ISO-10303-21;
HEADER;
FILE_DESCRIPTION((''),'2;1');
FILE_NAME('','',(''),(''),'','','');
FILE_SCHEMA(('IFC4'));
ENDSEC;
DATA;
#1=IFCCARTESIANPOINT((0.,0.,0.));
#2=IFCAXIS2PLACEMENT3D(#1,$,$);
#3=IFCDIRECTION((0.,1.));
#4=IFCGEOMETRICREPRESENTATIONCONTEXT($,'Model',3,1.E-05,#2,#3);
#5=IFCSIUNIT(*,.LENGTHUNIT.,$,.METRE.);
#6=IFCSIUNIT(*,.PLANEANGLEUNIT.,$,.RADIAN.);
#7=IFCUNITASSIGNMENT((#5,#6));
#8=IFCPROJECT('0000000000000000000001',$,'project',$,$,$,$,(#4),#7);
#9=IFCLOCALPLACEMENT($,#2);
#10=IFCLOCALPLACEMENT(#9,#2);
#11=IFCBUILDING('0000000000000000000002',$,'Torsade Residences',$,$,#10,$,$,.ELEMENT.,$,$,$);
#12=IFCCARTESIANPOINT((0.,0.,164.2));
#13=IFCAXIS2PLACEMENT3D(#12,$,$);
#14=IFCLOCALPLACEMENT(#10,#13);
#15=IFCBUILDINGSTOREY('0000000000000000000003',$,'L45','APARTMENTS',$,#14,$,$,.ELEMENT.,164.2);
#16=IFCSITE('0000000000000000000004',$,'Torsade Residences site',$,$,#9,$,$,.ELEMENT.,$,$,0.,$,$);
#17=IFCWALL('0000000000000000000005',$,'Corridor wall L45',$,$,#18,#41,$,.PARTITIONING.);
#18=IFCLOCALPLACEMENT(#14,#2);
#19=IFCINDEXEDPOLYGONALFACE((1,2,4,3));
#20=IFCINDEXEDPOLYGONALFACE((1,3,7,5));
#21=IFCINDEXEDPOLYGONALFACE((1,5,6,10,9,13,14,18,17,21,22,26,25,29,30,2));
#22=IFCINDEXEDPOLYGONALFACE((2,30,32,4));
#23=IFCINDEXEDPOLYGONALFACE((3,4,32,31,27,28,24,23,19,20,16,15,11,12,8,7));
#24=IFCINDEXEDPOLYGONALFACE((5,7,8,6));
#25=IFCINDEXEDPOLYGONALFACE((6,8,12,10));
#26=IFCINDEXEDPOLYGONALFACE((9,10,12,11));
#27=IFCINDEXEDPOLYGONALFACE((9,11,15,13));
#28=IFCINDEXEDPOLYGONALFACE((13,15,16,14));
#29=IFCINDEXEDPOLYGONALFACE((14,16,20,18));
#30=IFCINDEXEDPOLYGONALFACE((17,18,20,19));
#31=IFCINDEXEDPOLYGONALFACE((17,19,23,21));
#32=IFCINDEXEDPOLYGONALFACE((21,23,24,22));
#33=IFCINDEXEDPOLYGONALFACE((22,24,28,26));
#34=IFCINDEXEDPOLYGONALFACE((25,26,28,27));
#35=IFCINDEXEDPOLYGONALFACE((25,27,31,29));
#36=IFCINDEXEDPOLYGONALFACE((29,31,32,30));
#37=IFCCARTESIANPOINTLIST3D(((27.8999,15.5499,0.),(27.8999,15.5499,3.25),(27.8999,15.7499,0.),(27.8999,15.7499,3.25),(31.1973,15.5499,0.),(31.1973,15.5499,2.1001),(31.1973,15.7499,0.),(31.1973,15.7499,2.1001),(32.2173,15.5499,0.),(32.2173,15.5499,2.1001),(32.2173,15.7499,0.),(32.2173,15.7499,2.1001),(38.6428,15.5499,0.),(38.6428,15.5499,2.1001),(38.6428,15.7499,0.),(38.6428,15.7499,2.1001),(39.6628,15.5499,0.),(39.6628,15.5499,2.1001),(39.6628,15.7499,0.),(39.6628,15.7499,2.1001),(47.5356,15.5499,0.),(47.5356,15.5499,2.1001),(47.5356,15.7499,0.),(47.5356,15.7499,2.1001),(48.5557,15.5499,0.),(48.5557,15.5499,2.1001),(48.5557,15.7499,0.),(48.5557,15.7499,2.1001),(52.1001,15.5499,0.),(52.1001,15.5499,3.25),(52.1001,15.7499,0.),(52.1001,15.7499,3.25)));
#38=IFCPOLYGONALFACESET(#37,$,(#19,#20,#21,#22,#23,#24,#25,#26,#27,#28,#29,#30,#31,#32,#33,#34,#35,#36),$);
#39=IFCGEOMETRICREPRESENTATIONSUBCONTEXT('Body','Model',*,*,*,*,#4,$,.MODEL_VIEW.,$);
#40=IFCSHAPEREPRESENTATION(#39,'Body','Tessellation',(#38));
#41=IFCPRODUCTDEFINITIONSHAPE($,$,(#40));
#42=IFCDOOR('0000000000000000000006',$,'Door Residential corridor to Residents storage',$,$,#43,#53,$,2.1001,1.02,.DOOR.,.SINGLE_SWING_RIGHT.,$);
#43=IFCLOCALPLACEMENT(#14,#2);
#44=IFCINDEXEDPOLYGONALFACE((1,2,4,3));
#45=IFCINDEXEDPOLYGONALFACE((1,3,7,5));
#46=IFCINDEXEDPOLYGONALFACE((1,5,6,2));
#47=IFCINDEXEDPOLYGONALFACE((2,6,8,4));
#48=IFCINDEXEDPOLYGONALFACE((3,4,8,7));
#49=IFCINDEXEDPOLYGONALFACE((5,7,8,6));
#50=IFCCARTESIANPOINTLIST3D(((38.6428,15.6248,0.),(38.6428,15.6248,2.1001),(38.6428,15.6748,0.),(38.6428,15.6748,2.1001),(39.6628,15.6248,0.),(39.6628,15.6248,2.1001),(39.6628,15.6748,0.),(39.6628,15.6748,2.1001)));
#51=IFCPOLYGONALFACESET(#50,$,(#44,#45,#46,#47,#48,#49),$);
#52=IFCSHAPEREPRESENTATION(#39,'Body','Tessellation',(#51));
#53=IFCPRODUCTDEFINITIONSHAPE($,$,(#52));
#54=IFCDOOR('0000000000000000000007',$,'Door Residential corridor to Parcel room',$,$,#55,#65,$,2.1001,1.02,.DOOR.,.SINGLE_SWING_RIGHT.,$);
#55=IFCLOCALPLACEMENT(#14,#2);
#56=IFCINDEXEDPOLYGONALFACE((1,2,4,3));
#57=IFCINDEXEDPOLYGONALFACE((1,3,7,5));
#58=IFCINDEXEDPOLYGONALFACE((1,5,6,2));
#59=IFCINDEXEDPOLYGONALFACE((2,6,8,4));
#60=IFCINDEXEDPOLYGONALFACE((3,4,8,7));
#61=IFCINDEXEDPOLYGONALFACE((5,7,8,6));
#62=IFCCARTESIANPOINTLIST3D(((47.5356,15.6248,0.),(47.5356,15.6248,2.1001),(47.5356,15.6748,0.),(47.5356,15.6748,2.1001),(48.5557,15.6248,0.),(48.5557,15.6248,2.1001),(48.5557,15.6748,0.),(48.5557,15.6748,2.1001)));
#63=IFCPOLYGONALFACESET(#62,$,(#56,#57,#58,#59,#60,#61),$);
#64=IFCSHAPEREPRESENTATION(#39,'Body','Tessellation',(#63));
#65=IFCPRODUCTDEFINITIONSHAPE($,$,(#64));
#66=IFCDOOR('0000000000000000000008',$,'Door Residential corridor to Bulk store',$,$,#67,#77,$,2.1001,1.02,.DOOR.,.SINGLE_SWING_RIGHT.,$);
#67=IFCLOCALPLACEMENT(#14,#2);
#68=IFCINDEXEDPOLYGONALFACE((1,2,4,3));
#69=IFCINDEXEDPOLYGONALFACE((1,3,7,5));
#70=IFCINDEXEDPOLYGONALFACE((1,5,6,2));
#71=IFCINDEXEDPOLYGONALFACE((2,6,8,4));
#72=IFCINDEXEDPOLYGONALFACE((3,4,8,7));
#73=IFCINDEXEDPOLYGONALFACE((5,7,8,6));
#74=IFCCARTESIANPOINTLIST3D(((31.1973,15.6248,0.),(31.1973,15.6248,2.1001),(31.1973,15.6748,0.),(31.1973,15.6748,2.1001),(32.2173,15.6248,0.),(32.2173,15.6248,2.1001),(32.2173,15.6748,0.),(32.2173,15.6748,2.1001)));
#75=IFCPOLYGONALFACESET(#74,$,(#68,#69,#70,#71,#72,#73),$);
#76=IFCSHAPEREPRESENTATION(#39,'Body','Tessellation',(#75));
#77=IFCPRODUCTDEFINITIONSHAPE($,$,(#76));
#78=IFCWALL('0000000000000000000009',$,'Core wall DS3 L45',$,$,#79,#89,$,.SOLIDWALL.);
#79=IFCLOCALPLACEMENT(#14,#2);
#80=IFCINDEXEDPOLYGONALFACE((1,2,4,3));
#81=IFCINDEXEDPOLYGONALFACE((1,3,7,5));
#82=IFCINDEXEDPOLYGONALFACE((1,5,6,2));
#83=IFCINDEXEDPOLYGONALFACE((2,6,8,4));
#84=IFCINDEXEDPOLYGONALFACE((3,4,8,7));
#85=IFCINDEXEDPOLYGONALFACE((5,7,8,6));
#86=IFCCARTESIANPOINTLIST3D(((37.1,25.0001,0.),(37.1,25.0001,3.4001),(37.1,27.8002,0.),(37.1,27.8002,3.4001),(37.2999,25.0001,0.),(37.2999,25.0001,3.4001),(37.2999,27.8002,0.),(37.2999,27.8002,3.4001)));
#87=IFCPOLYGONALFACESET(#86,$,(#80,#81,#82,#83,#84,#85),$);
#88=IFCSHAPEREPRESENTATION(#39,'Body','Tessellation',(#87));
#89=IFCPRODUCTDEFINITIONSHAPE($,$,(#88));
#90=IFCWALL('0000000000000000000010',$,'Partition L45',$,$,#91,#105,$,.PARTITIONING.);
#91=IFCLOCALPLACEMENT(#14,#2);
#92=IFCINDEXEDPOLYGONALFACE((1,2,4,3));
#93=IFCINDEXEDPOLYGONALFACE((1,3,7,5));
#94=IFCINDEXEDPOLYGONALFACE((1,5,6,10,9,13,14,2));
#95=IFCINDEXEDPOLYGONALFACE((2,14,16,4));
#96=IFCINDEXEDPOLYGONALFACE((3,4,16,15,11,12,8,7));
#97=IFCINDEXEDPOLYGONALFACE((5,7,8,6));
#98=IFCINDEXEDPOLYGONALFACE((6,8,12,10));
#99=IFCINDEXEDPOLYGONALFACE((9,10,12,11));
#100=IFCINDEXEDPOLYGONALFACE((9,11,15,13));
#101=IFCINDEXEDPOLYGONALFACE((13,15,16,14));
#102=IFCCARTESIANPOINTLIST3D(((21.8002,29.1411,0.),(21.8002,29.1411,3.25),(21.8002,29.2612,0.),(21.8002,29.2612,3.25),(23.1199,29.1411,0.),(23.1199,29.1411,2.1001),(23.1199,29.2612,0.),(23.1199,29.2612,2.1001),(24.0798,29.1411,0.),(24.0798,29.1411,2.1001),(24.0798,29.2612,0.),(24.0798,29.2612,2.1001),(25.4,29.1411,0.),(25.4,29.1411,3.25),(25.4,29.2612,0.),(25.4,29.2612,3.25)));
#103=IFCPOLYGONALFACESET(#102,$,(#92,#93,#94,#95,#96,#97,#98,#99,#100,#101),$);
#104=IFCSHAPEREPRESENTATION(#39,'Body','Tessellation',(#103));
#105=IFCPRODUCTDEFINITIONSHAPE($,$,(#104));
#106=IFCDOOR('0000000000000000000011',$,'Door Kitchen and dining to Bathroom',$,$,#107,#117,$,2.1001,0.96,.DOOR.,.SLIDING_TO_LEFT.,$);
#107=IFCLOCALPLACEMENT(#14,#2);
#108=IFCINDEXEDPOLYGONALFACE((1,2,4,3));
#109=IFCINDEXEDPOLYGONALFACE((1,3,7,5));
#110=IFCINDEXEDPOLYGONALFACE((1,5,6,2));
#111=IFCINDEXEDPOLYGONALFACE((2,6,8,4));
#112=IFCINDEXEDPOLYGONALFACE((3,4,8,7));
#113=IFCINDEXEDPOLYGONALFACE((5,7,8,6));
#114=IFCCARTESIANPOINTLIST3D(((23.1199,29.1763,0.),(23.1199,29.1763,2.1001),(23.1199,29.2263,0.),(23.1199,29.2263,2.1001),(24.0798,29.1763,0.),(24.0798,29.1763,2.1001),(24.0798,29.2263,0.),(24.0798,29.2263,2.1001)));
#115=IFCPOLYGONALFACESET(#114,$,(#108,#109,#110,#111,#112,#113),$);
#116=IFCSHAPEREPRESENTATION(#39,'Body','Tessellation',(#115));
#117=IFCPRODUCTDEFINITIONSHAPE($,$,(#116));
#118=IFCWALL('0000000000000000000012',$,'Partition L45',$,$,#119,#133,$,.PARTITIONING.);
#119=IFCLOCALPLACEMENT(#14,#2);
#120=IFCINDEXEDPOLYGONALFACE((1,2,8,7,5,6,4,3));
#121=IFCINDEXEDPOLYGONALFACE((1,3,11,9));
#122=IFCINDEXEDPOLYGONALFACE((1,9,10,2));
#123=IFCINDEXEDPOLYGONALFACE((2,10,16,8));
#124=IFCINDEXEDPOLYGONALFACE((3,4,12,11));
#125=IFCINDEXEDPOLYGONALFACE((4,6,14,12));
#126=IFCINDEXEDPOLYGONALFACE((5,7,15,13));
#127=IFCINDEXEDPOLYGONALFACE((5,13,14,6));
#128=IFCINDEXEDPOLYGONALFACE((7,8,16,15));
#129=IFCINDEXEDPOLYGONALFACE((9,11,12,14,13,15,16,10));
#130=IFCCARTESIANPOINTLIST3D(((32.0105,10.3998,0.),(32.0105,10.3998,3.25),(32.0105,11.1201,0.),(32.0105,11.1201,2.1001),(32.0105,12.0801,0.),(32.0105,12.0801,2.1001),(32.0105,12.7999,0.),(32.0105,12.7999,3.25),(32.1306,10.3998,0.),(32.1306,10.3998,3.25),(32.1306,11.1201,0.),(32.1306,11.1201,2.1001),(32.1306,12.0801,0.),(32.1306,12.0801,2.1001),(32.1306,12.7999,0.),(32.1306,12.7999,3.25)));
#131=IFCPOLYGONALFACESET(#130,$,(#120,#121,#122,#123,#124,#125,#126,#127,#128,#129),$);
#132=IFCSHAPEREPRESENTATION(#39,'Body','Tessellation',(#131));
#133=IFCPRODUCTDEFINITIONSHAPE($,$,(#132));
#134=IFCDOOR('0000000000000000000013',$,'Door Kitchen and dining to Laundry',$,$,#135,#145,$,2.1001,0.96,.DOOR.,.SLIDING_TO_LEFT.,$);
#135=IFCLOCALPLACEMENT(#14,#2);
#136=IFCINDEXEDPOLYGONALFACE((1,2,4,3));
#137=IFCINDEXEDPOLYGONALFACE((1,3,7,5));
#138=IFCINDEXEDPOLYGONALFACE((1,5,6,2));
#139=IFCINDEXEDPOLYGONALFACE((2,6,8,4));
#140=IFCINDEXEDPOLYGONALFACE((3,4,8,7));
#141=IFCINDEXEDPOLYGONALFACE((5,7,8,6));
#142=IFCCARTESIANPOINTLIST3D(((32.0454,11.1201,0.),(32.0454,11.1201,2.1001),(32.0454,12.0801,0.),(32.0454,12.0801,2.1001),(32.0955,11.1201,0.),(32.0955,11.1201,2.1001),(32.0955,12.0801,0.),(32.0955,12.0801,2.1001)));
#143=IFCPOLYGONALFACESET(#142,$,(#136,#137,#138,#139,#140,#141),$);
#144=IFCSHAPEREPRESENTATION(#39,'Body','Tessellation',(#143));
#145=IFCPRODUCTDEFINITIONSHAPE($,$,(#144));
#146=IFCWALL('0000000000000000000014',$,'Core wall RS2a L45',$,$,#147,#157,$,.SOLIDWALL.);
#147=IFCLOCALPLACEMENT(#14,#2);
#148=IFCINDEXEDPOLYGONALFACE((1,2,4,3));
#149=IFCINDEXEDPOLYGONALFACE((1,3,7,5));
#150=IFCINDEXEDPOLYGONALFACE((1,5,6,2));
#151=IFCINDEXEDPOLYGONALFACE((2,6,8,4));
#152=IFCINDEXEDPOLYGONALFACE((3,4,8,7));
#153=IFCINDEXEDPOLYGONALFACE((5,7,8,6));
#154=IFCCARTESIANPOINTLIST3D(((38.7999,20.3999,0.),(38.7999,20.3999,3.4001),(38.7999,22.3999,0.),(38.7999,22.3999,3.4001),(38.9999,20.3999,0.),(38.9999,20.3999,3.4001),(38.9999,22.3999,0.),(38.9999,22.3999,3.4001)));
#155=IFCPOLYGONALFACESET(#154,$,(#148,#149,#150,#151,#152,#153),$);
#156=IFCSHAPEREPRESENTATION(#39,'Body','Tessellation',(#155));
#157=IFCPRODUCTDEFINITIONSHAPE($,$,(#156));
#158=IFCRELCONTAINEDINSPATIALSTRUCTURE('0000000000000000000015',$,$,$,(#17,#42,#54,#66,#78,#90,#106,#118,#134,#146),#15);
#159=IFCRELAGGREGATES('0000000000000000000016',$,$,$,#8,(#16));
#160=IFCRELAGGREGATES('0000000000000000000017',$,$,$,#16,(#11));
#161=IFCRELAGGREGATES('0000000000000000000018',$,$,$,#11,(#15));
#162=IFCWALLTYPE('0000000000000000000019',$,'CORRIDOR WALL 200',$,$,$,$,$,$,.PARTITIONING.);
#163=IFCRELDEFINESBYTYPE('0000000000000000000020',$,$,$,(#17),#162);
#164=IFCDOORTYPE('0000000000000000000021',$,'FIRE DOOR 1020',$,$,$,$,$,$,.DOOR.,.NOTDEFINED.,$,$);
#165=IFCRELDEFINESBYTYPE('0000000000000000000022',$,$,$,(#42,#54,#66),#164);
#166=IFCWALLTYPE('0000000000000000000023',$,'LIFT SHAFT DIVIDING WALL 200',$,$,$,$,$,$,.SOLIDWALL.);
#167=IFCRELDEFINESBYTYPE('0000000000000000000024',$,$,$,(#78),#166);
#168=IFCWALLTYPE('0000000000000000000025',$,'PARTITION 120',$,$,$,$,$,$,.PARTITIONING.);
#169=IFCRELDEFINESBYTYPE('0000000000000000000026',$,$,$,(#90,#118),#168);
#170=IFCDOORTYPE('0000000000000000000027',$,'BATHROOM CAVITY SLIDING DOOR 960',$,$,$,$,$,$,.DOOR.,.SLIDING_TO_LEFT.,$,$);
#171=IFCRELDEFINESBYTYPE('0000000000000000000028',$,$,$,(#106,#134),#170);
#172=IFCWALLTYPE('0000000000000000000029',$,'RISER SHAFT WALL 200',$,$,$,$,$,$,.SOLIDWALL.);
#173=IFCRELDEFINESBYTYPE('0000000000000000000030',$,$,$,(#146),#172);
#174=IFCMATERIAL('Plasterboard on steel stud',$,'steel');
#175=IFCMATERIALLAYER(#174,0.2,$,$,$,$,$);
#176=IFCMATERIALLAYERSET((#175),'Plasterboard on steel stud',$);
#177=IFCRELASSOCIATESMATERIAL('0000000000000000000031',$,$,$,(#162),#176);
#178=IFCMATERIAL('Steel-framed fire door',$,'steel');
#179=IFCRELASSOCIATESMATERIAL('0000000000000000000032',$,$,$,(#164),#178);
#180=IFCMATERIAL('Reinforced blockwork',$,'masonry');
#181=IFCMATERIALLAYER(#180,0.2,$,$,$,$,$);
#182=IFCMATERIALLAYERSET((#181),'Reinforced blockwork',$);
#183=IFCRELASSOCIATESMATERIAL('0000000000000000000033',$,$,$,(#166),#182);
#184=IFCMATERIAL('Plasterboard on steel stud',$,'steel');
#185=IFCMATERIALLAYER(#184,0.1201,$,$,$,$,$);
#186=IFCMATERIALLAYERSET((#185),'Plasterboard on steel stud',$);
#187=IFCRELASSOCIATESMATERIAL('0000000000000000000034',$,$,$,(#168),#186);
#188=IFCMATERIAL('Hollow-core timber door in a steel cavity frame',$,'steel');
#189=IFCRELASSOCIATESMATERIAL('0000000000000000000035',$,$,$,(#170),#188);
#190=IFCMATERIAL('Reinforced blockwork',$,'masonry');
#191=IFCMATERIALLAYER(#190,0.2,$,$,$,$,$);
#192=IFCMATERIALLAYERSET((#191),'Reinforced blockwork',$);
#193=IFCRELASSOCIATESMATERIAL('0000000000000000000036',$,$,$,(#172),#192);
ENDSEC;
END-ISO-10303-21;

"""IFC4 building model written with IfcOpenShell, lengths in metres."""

from ifc_helpers import new_model, si_unit, direction, frame, frame_2d, origin, place, context, subcontext, project, spatial, rectangle, extrude, material, layer, layer_set, type_object, element, fill, save


model = new_model("IFC4")

# Units and contexts
model_context = context("Model", 3, precision=1e-05, world=origin(), true_north=direction((0.0, 1.0)))
body_context = subcontext(model_context, "Body", "Model", "MODEL_VIEW")
ifc_project = project(units=[si_unit("LENGTHUNIT", "METRE"), si_unit("PLANEANGLEUNIT", "RADIAN")], contexts=[model_context])

# Site, building, storey
site_placement = place(None, origin())
site = spatial("IfcSite", under=ifc_project, at=site_placement, Name="Torsade Residences site", CompositionType="ELEMENT", RefElevation=0.0)
building_placement = place(site_placement, origin())
building = spatial("IfcBuilding", under=site, at=building_placement, Name="Torsade Residences", CompositionType="ELEMENT")
storey_placement = place(building_placement, frame((0.0, 0.0, 164.2)))
storey = spatial("IfcBuildingStorey", under=building, at=storey_placement, Name="L45", Description="APARTMENTS", CompositionType="ELEMENT", Elevation=164.2)

# Shared definitions
ifc_material_1 = material(Name="Plasterboard on steel stud", Category="steel")
ifc_layer_1 = layer(ifc_material_1, 0.2)
ifc_layer_set_1 = layer_set([ifc_layer_1], Name="Plasterboard on steel stud")
wall_type_1 = type_object("IfcWallType", Name="CORRIDOR WALL 200", PredefinedType="PARTITIONING", material=ifc_layer_set_1)

# Wall, openings, doors
wall_1_placement = place(storey_placement, frame((27.8999, 15.6499, 0.0), z_axis=(0.0, 0.0, 1.0), x_axis=(1.0, 0.0, 0.0)))
wall_1 = element("IfcWall", 1, at=wall_1_placement, inside=storey, type_object=wall_type_1, Name="Corridor wall L45", PredefinedType="PARTITIONING", context=body_context, shape_type="SweptSolid", body=[
    extrude(rectangle(XDim=24.2002, YDim=0.2, at=frame_2d((12.1001, 0.0))), origin(), (0.0, 0.0, 1.0), 3.25),
])
opening_1_placement = place(wall_1_placement, frame((10.7429, 0.0, 0.0)))
opening_1 = element("IfcOpeningElement", 2, at=opening_1_placement, cuts=wall_1, PredefinedType="OPENING", context=body_context, shape_type="SweptSolid", body=[
    extrude(rectangle(XDim=1.02, YDim=2.1001, at=frame_2d((0.51, 1.05))), frame((0.0, 0.1099, 0.0), z_axis=(0.0, -1.0, 0.0), x_axis=(1.0, 0.0, 0.0)), (0.0, 0.0, 1.0), 0.22),
])
opening_2_placement = place(wall_1_placement, frame((19.6357, 0.0, 0.0)))
opening_2 = element("IfcOpeningElement", 3, at=opening_2_placement, cuts=wall_1, PredefinedType="OPENING", context=body_context, shape_type="SweptSolid", body=[
    extrude(rectangle(XDim=1.02, YDim=2.1001, at=frame_2d((0.51, 1.05))), frame((0.0, 0.1099, 0.0), z_axis=(0.0, -1.0, 0.0), x_axis=(1.0, 0.0, 0.0)), (0.0, 0.0, 1.0), 0.22),
])
opening_3_placement = place(wall_1_placement, frame((3.2974, 0.0, 0.0)))
opening_3 = element("IfcOpeningElement", 4, at=opening_3_placement, cuts=wall_1, PredefinedType="OPENING", context=body_context, shape_type="SweptSolid", body=[
    extrude(rectangle(XDim=1.02, YDim=2.1001, at=frame_2d((0.51, 1.05))), frame((0.0, 0.1099, 0.0), z_axis=(0.0, -1.0, 0.0), x_axis=(1.0, 0.0, 0.0)), (0.0, 0.0, 1.0), 0.22),
])
ifc_material_2 = material(Name="Steel-framed fire door", Category="steel")
door_type_1 = type_object("IfcDoorType", Name="FIRE DOOR 1020", OperationType="NOTDEFINED", PredefinedType="DOOR", material=ifc_material_2)
door_1_placement = place(opening_1_placement, origin())
door_1 = element("IfcDoor", 5, at=door_1_placement, inside=storey, type_object=door_type_1, Name="Door Residential corridor to Residents storage", OperationType="SINGLE_SWING_RIGHT", OverallHeight=2.1001, OverallWidth=1.02, PredefinedType="DOOR", context=body_context, shape_type="SweptSolid", body=[
    extrude(rectangle(XDim=1.02, YDim=2.1001, at=frame_2d((0.51, 1.05))), frame((0.0, 0.0249, 0.0), z_axis=(0.0, -1.0, 0.0), x_axis=(1.0, 0.0, 0.0)), (0.0, 0.0, 1.0), 0.05),
])
fill(opening_1, door_1)
door_2_placement = place(opening_2_placement, origin())
door_2 = element("IfcDoor", 6, at=door_2_placement, inside=storey, type_object=door_type_1, Name="Door Residential corridor to Parcel room", OperationType="SINGLE_SWING_RIGHT", OverallHeight=2.1001, OverallWidth=1.02, PredefinedType="DOOR", context=body_context, shape_type="SweptSolid", body=[
    extrude(rectangle(XDim=1.02, YDim=2.1001, at=frame_2d((0.51, 1.05))), frame((0.0, 0.0249, 0.0), z_axis=(0.0, -1.0, 0.0), x_axis=(1.0, 0.0, 0.0)), (0.0, 0.0, 1.0), 0.05),
])
fill(opening_2, door_2)
door_3_placement = place(opening_3_placement, origin())
door_3 = element("IfcDoor", 7, at=door_3_placement, inside=storey, type_object=door_type_1, Name="Door Residential corridor to Bulk store", OperationType="SINGLE_SWING_RIGHT", OverallHeight=2.1001, OverallWidth=1.02, PredefinedType="DOOR", context=body_context, shape_type="SweptSolid", body=[
    extrude(rectangle(XDim=1.02, YDim=2.1001, at=frame_2d((0.51, 1.05))), frame((0.0, 0.0249, 0.0), z_axis=(0.0, -1.0, 0.0), x_axis=(1.0, 0.0, 0.0)), (0.0, 0.0, 1.0), 0.05),
])
fill(opening_3, door_3)

# Wall
ifc_material_3 = material(Name="Reinforced blockwork", Category="masonry")
ifc_layer_2 = layer(ifc_material_3, 0.2)
ifc_layer_set_2 = layer_set([ifc_layer_2], Name="Reinforced blockwork")
wall_type_2 = type_object("IfcWallType", Name="LIFT SHAFT DIVIDING WALL 200", PredefinedType="SOLIDWALL", material=ifc_layer_set_2)
wall_2_placement = place(storey_placement, frame((37.2, 27.8, 0.0), z_axis=(0.0, 0.0, 1.0), x_axis=(0.0, -1.0, 0.0)))
element("IfcWall", 8, at=wall_2_placement, inside=storey, type_object=wall_type_2, Name="Core wall DS3 L45", PredefinedType="SOLIDWALL", context=body_context, shape_type="SweptSolid", body=[
    extrude(rectangle(XDim=2.8, YDim=0.2, at=frame_2d((1.3999, 0.0))), origin(), (0.0, 0.0, 1.0), 3.4001),
])

# Walls, openings, doors
ifc_material_4 = material(Name="Plasterboard on steel stud", Category="steel")
ifc_layer_3 = layer(ifc_material_4, 0.1201)
ifc_layer_set_3 = layer_set([ifc_layer_3], Name="Plasterboard on steel stud")
wall_type_3 = type_object("IfcWallType", Name="PARTITION 120", PredefinedType="PARTITIONING", material=ifc_layer_set_3)
wall_3_placement = place(storey_placement, frame((25.3999, 29.2012, 0.0), z_axis=(0.0, 0.0, 1.0), x_axis=(-1.0, 0.0, 0.0)))
wall_3 = element("IfcWall", 9, at=wall_3_placement, inside=storey, type_object=wall_type_3, Name="Partition L45", PredefinedType="PARTITIONING", context=body_context, shape_type="SweptSolid", body=[
    extrude(rectangle(XDim=3.5999, YDim=0.1201, at=frame_2d((1.7998, 0.0))), origin(), (0.0, 0.0, 1.0), 3.25),
])
opening_4_placement = place(wall_3_placement, frame((1.3201, 0.0, 0.0)))
opening_4 = element("IfcOpeningElement", 10, at=opening_4_placement, cuts=wall_3, PredefinedType="OPENING", context=body_context, shape_type="SweptSolid", body=[
    extrude(rectangle(XDim=0.96, YDim=2.1001, at=frame_2d((0.48, 1.05))), frame((0.0, 0.0701, 0.0), z_axis=(0.0, -1.0, 0.0), x_axis=(1.0, 0.0, 0.0)), (0.0, 0.0, 1.0), 0.1401),
])
ifc_material_5 = material(Name="Hollow-core timber door in a steel cavity frame", Category="steel")
door_type_2 = type_object("IfcDoorType", Name="BATHROOM CAVITY SLIDING DOOR 960", OperationType="SLIDING_TO_LEFT", PredefinedType="DOOR", material=ifc_material_5)
door_4_placement = place(opening_4_placement, origin())
door_4 = element("IfcDoor", 11, at=door_4_placement, inside=storey, type_object=door_type_2, Name="Door Kitchen and dining to Bathroom", OperationType="SLIDING_TO_LEFT", OverallHeight=2.1001, OverallWidth=0.96, PredefinedType="DOOR", context=body_context, shape_type="SweptSolid", body=[
    extrude(rectangle(XDim=0.96, YDim=2.1001, at=frame_2d((0.48, 1.05))), frame((0.0, 0.0249, 0.0), z_axis=(0.0, -1.0, 0.0), x_axis=(1.0, 0.0, 0.0)), (0.0, 0.0, 1.0), 0.05),
])
fill(opening_4, door_4)
wall_4_placement = place(storey_placement, frame((32.0706, 12.8, 0.0), z_axis=(0.0, 0.0, 1.0), x_axis=(0.0, -1.0, 0.0)))
wall_4 = element("IfcWall", 12, at=wall_4_placement, inside=storey, type_object=wall_type_3, Name="Partition L45", PredefinedType="PARTITIONING", context=body_context, shape_type="SweptSolid", body=[
    extrude(rectangle(XDim=2.4001, YDim=0.1201, at=frame_2d((1.2002, 0.0))), origin(), (0.0, 0.0, 1.0), 3.25),
])
opening_5_placement = place(wall_4_placement, frame((0.72, 0.0, 0.0)))
opening_5 = element("IfcOpeningElement", 13, at=opening_5_placement, cuts=wall_4, PredefinedType="OPENING", context=body_context, shape_type="SweptSolid", body=[
    extrude(rectangle(XDim=0.96, YDim=2.1001, at=frame_2d((0.48, 1.05))), frame((0.0, 0.0701, 0.0), z_axis=(0.0, -1.0, 0.0), x_axis=(1.0, 0.0, 0.0)), (0.0, 0.0, 1.0), 0.1401),
])
door_5_placement = place(opening_5_placement, origin())
door_5 = element("IfcDoor", 14, at=door_5_placement, inside=storey, type_object=door_type_2, Name="Door Kitchen and dining to Laundry", OperationType="SLIDING_TO_LEFT", OverallHeight=2.1001, OverallWidth=0.96, PredefinedType="DOOR", context=body_context, shape_type="SweptSolid", body=[
    extrude(rectangle(XDim=0.96, YDim=2.1001, at=frame_2d((0.48, 1.05))), frame((0.0, 0.0249, 0.0), z_axis=(0.0, -1.0, 0.0), x_axis=(1.0, 0.0, 0.0)), (0.0, 0.0, 1.0), 0.05),
])
fill(opening_5, door_5)

# Wall
ifc_material_6 = material(Name="Reinforced blockwork", Category="masonry")
ifc_layer_4 = layer(ifc_material_6, 0.2)
ifc_layer_set_4 = layer_set([ifc_layer_4], Name="Reinforced blockwork")
wall_type_4 = type_object("IfcWallType", Name="RISER SHAFT WALL 200", PredefinedType="SOLIDWALL", material=ifc_layer_set_4)
wall_5_placement = place(storey_placement, frame((38.8999, 22.3999, 0.0), z_axis=(0.0, 0.0, 1.0), x_axis=(0.0, -1.0, 0.0)))
element("IfcWall", 15, at=wall_5_placement, inside=storey, type_object=wall_type_4, Name="Core wall RS2a L45", PredefinedType="SOLIDWALL", context=body_context, shape_type="SweptSolid", body=[
    extrude(rectangle(XDim=2.0, YDim=0.2, at=frame_2d((1.0, 0.0))), origin(), (0.0, 0.0, 1.0), 3.4001),
])

save(model, "model.ifc")
